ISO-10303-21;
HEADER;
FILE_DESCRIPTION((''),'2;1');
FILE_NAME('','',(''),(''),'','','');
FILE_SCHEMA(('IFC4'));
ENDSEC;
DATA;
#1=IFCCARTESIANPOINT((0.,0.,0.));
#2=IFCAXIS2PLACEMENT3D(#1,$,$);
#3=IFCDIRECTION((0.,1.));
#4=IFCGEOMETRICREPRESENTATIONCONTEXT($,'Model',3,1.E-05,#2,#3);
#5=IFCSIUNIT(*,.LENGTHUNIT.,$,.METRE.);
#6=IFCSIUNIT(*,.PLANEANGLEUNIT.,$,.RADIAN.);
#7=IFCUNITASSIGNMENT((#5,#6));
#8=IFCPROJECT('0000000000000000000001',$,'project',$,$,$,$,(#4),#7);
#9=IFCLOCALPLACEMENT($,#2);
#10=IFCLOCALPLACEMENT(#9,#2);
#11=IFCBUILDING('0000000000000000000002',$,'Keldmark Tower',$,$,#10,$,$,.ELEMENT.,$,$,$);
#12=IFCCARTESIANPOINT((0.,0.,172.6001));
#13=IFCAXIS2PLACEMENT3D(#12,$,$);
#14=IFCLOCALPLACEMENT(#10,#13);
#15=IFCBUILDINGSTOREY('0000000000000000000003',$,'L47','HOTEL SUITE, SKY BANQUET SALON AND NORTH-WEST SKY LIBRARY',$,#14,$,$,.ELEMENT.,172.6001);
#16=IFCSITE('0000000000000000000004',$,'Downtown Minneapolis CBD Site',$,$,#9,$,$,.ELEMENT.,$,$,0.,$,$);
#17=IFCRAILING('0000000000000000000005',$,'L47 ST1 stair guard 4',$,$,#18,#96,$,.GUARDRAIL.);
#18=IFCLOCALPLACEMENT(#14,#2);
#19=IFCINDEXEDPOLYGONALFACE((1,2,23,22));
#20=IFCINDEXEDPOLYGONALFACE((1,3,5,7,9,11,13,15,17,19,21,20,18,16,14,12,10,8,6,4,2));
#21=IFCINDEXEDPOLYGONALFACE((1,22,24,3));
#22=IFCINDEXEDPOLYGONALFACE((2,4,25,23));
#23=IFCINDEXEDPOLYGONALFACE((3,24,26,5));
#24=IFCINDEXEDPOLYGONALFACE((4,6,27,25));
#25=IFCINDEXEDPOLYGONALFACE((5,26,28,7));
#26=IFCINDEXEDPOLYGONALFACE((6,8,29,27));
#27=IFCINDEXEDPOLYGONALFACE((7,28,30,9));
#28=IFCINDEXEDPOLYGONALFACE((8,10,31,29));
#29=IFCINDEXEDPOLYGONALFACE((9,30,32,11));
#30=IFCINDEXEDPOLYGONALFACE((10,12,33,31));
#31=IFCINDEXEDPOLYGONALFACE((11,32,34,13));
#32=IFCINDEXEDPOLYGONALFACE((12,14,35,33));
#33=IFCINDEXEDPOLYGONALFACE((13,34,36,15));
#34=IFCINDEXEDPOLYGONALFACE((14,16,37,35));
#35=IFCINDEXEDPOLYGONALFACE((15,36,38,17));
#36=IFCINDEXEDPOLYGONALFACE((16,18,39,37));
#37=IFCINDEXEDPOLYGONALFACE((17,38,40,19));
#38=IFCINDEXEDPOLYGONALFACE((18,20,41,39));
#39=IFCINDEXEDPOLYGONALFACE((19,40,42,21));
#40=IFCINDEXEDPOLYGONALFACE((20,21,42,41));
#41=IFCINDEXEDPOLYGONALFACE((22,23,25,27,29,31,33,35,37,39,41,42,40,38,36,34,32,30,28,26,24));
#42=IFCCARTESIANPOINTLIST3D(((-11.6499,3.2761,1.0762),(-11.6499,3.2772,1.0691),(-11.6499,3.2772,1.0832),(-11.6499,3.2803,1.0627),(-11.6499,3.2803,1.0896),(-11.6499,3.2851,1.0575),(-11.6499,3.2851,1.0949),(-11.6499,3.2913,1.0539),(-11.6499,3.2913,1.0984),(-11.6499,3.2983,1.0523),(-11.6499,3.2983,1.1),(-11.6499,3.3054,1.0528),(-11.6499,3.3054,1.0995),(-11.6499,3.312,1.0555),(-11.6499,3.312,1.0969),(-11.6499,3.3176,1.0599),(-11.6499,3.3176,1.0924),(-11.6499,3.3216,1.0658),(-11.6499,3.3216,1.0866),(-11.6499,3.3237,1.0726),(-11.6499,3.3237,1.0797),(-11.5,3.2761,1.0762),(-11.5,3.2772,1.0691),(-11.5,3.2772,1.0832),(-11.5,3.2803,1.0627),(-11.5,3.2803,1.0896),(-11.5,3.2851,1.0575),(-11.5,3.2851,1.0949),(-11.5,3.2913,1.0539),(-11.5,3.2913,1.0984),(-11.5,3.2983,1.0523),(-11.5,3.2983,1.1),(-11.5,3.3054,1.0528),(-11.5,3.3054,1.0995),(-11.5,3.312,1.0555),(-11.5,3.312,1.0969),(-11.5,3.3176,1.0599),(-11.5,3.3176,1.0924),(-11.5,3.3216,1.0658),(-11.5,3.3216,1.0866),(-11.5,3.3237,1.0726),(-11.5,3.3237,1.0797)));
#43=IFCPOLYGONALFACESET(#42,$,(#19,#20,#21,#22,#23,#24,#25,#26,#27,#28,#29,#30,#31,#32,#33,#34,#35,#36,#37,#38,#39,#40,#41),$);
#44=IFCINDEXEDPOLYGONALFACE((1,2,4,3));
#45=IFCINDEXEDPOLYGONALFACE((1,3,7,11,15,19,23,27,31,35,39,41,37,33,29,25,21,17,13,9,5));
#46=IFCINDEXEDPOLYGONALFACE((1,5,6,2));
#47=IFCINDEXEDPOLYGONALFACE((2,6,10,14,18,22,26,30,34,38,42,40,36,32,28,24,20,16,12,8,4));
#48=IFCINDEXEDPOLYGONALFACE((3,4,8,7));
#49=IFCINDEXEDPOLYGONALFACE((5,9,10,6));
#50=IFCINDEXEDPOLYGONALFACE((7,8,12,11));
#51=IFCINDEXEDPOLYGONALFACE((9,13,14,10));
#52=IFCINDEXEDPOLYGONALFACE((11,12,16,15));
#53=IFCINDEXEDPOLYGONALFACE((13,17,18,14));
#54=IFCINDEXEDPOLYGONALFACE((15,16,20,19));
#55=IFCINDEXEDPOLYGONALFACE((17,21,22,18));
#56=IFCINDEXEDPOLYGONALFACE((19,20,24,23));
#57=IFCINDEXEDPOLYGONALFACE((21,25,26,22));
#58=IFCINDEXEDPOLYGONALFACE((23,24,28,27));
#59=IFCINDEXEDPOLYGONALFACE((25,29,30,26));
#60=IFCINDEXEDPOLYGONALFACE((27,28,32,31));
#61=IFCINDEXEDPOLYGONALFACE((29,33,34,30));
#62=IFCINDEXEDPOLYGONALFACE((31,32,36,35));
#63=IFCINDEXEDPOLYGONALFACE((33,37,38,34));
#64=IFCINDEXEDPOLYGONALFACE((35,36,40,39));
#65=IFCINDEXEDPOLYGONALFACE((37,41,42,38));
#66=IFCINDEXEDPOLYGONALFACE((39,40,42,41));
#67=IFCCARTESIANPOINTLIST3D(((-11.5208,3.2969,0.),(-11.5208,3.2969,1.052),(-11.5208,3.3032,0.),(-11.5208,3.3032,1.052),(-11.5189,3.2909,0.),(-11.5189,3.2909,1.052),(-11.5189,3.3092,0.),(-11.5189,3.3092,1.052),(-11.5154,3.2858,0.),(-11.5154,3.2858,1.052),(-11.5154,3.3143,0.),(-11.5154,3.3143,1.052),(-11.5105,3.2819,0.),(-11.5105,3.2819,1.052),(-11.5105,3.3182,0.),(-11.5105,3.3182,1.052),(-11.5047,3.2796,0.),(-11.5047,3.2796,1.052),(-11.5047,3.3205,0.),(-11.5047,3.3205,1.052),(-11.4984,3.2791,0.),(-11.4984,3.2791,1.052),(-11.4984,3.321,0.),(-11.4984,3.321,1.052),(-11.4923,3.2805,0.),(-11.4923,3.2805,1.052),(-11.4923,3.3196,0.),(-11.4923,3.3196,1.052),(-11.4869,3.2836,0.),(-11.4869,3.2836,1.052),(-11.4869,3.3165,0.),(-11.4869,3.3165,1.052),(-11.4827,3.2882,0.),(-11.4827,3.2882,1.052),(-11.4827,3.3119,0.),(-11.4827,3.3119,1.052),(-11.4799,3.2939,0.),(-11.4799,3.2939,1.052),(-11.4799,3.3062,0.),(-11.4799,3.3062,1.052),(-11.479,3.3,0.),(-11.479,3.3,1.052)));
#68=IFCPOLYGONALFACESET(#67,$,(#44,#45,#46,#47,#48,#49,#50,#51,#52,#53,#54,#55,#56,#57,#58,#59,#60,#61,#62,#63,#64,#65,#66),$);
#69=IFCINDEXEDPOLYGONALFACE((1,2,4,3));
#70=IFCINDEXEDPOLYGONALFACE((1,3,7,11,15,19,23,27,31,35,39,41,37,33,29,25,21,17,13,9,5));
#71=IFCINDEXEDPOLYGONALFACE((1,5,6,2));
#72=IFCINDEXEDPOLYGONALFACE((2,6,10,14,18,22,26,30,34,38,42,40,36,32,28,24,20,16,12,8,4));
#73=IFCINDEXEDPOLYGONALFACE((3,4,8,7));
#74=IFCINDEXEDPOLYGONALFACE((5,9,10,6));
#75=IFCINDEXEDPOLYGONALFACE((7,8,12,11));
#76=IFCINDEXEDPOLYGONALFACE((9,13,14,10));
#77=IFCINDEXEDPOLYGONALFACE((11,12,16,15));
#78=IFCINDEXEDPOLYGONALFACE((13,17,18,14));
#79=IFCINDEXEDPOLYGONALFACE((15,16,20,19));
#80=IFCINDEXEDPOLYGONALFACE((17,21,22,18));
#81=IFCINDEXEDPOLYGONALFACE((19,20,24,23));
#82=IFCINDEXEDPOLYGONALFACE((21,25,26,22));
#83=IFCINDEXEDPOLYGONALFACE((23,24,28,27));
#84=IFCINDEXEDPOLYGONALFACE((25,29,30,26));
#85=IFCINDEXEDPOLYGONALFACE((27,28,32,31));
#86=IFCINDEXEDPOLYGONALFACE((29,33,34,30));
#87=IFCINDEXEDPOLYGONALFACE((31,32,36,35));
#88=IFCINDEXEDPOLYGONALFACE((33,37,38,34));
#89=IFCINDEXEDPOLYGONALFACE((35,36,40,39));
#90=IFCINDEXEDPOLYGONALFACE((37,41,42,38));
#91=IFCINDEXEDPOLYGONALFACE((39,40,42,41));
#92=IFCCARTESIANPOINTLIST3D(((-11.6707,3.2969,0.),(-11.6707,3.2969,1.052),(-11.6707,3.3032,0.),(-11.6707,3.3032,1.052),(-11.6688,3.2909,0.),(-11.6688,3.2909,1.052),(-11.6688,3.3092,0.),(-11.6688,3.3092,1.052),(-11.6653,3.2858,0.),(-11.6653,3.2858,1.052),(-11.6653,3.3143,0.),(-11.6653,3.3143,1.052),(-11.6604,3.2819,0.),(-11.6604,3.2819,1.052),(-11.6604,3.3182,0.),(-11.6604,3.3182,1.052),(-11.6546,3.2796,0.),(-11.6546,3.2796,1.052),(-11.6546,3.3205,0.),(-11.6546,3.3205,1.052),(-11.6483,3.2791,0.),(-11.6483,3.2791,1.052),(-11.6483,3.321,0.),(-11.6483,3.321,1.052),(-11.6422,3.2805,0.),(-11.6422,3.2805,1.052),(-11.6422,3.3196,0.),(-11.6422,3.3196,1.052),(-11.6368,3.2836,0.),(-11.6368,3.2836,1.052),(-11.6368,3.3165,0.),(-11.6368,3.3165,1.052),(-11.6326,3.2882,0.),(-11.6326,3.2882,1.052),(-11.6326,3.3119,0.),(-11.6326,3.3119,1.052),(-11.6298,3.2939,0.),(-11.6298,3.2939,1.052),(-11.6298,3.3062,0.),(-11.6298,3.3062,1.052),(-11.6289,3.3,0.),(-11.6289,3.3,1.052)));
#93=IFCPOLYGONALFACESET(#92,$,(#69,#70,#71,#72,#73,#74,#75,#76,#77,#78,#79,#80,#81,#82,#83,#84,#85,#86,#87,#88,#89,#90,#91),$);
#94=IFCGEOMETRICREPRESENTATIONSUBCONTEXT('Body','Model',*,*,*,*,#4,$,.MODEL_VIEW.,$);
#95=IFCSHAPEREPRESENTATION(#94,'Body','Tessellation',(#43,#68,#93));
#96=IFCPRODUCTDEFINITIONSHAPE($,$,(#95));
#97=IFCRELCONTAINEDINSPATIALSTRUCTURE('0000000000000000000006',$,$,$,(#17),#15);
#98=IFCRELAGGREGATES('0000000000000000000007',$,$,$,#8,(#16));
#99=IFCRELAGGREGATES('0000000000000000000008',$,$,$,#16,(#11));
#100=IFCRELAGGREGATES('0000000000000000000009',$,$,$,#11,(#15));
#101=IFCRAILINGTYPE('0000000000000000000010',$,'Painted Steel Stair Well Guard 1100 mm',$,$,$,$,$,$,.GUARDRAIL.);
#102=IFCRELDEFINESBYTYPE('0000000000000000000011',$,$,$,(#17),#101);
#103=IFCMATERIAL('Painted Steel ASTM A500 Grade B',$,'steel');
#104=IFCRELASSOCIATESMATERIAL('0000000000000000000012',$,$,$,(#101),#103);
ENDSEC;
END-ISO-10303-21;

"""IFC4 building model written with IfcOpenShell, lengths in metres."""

from ifc_helpers import new_model, si_unit, direction, frame, origin, origin_2d, place, context, subcontext, project, spatial, circle, extrude, material, type_object, element, save


model = new_model("IFC4")

# Units and contexts
model_context = context("Model", 3, precision=1e-05, world=origin(), true_north=direction((0.0, 1.0)))
body_context = subcontext(model_context, "Body", "Model", "MODEL_VIEW")
ifc_project = project(units=[si_unit("LENGTHUNIT", "METRE"), si_unit("PLANEANGLEUNIT", "RADIAN")], contexts=[model_context])

# Site, building, storey
site_placement = place(None, origin())
site = spatial("IfcSite", under=ifc_project, at=site_placement, Name="Downtown Minneapolis CBD Site", CompositionType="ELEMENT", RefElevation=0.0)
building_placement = place(site_placement, origin())
building = spatial("IfcBuilding", under=site, at=building_placement, Name="Keldmark Tower", CompositionType="ELEMENT")
storey_placement = place(building_placement, frame((0.0, 0.0, 172.6001)))
storey = spatial("IfcBuildingStorey", under=building, at=storey_placement, Name="L47", Description="HOTEL SUITE, SKY BANQUET SALON AND NORTH-WEST SKY LIBRARY", CompositionType="ELEMENT", Elevation=172.6001)

# Railing
ifc_material_1 = material(Name="Painted Steel ASTM A500 Grade B", Category="steel")
railing_type_1 = type_object("IfcRailingType", Name="Painted Steel Stair Well Guard 1100 mm", PredefinedType="GUARDRAIL", material=ifc_material_1)
railing_1_placement = place(storey_placement, frame((-11.5, 3.3, 0.0)))
element("IfcRailing", 1, at=railing_1_placement, inside=storey, type_object=railing_type_1, Name="L47 ST1 stair guard 4", PredefinedType="GUARDRAIL", context=body_context, shape_type="SweptSolid", body=[
    extrude(circle(Radius=0.0239, at=origin_2d()), frame((0.0, 0.0, 1.0762), z_axis=(-1.0, 0.0, 0.0), x_axis=(0.0, -1.0, 0.0)), (0.0, 0.0, 1.0), 0.1499),
    extrude(circle(Radius=0.021, at=origin_2d()), origin(), (0.0, 0.0, 1.0), 1.052),
    extrude(circle(Radius=0.021, at=origin_2d()), frame((-0.1499, 0.0, 0.0)), (0.0, 0.0, 1.0), 1.052),
])

save(model, "model.ifc")
